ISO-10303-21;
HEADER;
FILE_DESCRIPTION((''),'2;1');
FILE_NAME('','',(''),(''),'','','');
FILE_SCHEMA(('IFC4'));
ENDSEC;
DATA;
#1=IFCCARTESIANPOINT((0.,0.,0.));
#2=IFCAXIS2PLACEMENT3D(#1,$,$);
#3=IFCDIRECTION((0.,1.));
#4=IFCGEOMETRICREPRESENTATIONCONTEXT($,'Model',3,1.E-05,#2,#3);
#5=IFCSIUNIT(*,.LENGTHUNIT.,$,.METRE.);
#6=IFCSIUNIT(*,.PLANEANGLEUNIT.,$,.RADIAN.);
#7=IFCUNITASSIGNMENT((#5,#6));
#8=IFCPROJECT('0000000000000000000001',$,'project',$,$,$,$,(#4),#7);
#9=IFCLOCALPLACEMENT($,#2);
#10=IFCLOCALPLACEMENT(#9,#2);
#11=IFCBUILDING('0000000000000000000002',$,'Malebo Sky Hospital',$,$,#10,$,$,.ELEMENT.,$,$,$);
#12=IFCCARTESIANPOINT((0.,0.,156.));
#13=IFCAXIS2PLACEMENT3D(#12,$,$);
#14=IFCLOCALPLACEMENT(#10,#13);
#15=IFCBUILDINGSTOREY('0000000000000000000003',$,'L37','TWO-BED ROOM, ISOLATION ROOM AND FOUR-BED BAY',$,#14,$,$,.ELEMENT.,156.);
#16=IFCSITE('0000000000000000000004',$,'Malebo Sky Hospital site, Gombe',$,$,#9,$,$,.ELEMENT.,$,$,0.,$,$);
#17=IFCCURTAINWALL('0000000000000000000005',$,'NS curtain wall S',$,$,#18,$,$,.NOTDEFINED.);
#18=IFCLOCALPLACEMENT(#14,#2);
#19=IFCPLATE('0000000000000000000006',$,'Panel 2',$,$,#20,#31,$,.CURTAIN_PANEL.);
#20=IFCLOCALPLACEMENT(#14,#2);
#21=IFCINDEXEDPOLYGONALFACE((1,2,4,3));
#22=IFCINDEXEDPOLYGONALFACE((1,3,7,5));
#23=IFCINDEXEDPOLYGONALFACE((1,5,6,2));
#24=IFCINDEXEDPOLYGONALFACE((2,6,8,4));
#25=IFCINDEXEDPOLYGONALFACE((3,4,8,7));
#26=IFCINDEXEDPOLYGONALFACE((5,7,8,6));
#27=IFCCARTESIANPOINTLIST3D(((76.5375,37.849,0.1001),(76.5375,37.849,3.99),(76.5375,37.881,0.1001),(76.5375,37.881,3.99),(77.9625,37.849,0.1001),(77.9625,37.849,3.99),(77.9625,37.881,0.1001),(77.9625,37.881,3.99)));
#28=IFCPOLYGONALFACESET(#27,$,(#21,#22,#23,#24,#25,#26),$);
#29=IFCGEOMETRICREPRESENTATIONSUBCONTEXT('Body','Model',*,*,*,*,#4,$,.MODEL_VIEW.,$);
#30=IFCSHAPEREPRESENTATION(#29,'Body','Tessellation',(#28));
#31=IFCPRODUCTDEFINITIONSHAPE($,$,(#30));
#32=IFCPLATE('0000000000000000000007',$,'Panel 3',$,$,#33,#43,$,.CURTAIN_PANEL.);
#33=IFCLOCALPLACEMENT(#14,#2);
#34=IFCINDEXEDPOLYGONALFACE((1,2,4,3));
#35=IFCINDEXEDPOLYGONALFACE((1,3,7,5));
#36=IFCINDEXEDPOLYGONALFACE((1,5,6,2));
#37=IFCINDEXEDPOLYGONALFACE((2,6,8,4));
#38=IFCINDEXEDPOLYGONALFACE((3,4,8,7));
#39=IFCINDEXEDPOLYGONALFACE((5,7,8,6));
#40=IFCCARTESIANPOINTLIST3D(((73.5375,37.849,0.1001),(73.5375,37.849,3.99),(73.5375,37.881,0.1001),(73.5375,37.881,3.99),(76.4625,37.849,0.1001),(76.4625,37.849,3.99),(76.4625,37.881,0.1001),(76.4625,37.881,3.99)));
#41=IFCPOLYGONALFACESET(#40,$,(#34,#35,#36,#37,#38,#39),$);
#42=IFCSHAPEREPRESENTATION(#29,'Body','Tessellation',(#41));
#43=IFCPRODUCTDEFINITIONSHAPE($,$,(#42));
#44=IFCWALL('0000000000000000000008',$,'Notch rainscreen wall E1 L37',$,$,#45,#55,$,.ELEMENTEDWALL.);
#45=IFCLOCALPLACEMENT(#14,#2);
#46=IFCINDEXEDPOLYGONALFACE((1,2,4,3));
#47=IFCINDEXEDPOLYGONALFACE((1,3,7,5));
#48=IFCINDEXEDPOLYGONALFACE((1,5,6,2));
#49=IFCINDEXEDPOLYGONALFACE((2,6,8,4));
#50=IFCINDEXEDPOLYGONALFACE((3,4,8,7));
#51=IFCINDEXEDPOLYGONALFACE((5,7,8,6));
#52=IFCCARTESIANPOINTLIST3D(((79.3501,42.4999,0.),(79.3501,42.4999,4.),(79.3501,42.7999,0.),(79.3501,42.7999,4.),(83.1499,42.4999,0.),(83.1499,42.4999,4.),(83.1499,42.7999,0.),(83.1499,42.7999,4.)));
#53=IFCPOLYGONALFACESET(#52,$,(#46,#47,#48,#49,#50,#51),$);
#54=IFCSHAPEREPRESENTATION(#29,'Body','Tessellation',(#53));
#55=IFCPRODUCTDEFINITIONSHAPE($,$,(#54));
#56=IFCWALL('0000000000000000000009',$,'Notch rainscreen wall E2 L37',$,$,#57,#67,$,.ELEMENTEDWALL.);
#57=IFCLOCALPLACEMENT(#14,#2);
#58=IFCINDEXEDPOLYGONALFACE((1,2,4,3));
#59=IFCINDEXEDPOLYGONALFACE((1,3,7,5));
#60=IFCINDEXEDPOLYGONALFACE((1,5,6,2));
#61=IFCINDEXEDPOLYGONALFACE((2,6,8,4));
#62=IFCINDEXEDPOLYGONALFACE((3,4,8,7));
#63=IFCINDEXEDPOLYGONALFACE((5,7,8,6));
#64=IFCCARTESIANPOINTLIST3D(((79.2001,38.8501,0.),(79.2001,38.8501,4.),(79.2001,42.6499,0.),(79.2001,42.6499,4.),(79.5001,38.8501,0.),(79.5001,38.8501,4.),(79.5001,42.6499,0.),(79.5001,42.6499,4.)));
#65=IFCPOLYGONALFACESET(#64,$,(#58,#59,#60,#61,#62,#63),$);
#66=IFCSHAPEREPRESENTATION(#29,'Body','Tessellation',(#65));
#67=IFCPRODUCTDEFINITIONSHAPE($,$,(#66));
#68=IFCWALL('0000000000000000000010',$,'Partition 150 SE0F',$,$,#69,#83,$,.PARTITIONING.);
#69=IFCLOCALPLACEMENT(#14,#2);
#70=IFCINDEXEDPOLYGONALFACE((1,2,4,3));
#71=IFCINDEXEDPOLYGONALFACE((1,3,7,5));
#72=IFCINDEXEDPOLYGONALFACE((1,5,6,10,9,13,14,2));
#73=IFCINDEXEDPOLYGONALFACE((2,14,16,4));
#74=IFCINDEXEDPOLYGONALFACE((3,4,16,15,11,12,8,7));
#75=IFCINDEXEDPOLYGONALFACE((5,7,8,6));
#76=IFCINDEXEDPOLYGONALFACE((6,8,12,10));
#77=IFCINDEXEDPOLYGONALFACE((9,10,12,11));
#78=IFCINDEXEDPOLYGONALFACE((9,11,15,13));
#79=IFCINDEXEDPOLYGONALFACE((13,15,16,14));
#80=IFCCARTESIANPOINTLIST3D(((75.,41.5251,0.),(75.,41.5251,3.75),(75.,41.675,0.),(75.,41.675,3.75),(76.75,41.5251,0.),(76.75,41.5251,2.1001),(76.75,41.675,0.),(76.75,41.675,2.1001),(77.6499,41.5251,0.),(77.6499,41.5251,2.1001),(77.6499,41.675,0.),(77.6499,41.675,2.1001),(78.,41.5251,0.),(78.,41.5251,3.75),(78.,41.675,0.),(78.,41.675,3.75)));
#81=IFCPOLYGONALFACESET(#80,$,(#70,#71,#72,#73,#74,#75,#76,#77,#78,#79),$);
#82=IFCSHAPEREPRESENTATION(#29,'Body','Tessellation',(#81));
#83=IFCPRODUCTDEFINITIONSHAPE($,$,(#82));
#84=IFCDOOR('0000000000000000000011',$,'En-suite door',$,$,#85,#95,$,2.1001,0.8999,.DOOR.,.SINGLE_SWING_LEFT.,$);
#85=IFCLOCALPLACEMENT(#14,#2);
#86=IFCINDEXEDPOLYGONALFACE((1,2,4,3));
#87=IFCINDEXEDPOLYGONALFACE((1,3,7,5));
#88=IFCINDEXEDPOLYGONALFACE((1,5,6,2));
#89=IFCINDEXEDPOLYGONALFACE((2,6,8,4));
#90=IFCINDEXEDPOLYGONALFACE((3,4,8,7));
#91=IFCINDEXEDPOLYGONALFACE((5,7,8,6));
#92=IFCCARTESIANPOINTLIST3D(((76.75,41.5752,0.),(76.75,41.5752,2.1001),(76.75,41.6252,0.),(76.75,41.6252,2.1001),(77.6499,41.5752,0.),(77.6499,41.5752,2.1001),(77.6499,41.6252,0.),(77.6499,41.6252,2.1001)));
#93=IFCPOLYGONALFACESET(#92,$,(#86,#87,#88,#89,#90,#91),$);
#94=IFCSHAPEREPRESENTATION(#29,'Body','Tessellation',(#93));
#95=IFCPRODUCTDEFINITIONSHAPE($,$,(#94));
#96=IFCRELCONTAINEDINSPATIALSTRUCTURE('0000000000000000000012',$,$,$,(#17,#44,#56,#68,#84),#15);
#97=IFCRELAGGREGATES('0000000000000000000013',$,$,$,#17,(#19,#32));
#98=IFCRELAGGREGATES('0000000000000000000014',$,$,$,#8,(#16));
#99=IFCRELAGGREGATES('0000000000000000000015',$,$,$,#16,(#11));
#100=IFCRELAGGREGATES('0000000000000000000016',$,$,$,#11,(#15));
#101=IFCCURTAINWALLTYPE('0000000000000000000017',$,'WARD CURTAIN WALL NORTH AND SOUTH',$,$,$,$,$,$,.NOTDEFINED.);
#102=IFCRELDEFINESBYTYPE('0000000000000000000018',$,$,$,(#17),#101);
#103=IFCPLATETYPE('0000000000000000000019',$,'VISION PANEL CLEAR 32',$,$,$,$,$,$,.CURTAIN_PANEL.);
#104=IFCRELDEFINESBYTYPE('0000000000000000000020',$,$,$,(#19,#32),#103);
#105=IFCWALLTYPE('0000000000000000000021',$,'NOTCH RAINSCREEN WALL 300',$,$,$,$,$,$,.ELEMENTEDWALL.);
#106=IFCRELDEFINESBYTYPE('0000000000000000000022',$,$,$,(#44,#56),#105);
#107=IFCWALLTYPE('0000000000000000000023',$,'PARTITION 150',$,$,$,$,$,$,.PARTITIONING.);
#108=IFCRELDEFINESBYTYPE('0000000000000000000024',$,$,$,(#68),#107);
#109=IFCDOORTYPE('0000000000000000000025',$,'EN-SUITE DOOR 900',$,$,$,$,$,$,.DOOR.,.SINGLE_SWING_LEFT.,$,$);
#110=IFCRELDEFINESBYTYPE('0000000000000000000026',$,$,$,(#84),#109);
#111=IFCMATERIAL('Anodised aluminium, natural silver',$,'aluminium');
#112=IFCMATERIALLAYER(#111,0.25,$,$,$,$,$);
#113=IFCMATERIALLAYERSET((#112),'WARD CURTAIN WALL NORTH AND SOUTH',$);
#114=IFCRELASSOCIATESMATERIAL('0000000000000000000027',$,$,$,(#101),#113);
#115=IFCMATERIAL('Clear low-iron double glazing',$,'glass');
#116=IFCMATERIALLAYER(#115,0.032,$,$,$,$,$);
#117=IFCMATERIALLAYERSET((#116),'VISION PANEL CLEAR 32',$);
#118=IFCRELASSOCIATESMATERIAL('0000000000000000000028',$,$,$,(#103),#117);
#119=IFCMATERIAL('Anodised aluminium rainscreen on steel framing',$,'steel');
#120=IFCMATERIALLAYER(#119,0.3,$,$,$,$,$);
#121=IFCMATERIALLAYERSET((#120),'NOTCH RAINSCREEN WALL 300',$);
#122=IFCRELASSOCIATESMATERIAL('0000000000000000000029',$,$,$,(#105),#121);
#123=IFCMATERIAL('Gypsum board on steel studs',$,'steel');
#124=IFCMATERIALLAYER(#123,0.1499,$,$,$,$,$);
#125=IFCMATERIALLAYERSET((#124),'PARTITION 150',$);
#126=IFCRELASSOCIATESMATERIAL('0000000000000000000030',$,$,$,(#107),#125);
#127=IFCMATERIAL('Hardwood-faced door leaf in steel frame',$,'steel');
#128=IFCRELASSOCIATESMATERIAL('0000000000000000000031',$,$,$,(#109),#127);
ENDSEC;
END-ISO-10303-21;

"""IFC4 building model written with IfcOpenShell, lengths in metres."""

from ifc_helpers import new_model, si_unit, direction, frame, frame_2d, origin, origin_2d, place, context, subcontext, project, spatial, rectangle, extrude, material, layer, layer_set, type_object, element, fill, aggregate, save


model = new_model("IFC4")

# Units and contexts
model_context = context("Model", 3, precision=1e-05, world=origin(), true_north=direction((0.0, 1.0)))
body_context = subcontext(model_context, "Body", "Model", "MODEL_VIEW")
ifc_project = project(units=[si_unit("LENGTHUNIT", "METRE"), si_unit("PLANEANGLEUNIT", "RADIAN")], contexts=[model_context])

# Site, building, storey
site_placement = place(None, origin())
site = spatial("IfcSite", under=ifc_project, at=site_placement, Name="Malebo Sky Hospital site, Gombe", CompositionType="ELEMENT", RefElevation=0.0)
building_placement = place(site_placement, origin())
building = spatial("IfcBuilding", under=site, at=building_placement, Name="Malebo Sky Hospital", CompositionType="ELEMENT")
storey_placement = place(building_placement, frame((0.0, 0.0, 156.0)))
storey = spatial("IfcBuildingStorey", under=building, at=storey_placement, Name="L37", Description="TWO-BED ROOM, ISOLATION ROOM AND FOUR-BED BAY", CompositionType="ELEMENT", Elevation=156.0)

# Curtain wall
ifc_material_1 = material(Name="Anodised aluminium, natural silver", Category="aluminium")
ifc_layer_1 = layer(ifc_material_1, 0.25)
ifc_layer_set_1 = layer_set([ifc_layer_1], Name="WARD CURTAIN WALL NORTH AND SOUTH")
curtain_wall_type = type_object("IfcCurtainWallType", Name="WARD CURTAIN WALL NORTH AND SOUTH", PredefinedType="NOTDEFINED", material=ifc_layer_set_1)
curtain_wall_placement = place(storey_placement, origin())
curtain_wall = element("IfcCurtainWall", 1, at=curtain_wall_placement, inside=storey, type_object=curtain_wall_type, Name="NS curtain wall S", PredefinedType="NOTDEFINED")

# Plates
ifc_material_2 = material(Name="Clear low-iron double glazing", Category="glass")
ifc_layer_2 = layer(ifc_material_2, 0.032)
ifc_layer_set_2 = layer_set([ifc_layer_2], Name="VISION PANEL CLEAR 32")
plate_type = type_object("IfcPlateType", Name="VISION PANEL CLEAR 32", PredefinedType="CURTAIN_PANEL", material=ifc_layer_set_2)
plate_1_placement = place(storey_placement, frame((77.25, 37.865, 0.1001), z_axis=(0.0, 0.0, 1.0), x_axis=(-1.0, 0.0, 0.0)))
plate_1 = element("IfcPlate", 2, at=plate_1_placement, type_object=plate_type, Name="Panel 2", PredefinedType="CURTAIN_PANEL", context=body_context, shape_type="SweptSolid", body=[
    extrude(rectangle(XDim=1.425, YDim=0.032, at=origin_2d()), origin(), (0.0, 0.0, 1.0), 3.8899),
])
plate_2_placement = place(storey_placement, frame((75.0, 37.865, 0.1001), z_axis=(0.0, 0.0, 1.0), x_axis=(-1.0, 0.0, 0.0)))
plate_2 = element("IfcPlate", 3, at=plate_2_placement, type_object=plate_type, Name="Panel 3", PredefinedType="CURTAIN_PANEL", context=body_context, shape_type="SweptSolid", body=[
    extrude(rectangle(XDim=2.925, YDim=0.032, at=origin_2d()), origin(), (0.0, 0.0, 1.0), 3.8899),
])
aggregate(curtain_wall, [plate_1, plate_2])

# Walls
ifc_material_3 = material(Name="Anodised aluminium rainscreen on steel framing", Category="steel")
ifc_layer_3 = layer(ifc_material_3, 0.3)
ifc_layer_set_3 = layer_set([ifc_layer_3], Name="NOTCH RAINSCREEN WALL 300")
wall_type_1 = type_object("IfcWallType", Name="NOTCH RAINSCREEN WALL 300", PredefinedType="ELEMENTEDWALL", material=ifc_layer_set_3)
for number, where, z_axis, x_axis, name in (
    (4, (83.1499, 42.6499, 0.0), (0.0, 0.0, 1.0), (-1.0, 0.0, 0.0), "Notch rainscreen wall E1 L37"),
    (5, (79.3501, 42.6499, 0.0), (0.0, 0.0, 1.0), (0.0, -1.0, 0.0), "Notch rainscreen wall E2 L37"),
):
    element("IfcWall", number, at=place(storey_placement, frame(where, z_axis=z_axis, x_axis=x_axis)), inside=storey, type_object=wall_type_1, Name=name, PredefinedType="ELEMENTEDWALL", context=body_context, shape_type="SweptSolid", body=[
        extrude(rectangle(XDim=3.7998, YDim=0.3, at=frame_2d((1.8999, 0.0))), origin(), (0.0, 0.0, 1.0), 4.0),
    ])

# Wall, opening, door
ifc_material_4 = material(Name="Gypsum board on steel studs", Category="steel")
ifc_layer_4 = layer(ifc_material_4, 0.1499)
ifc_layer_set_4 = layer_set([ifc_layer_4], Name="PARTITION 150")
wall_type_2 = type_object("IfcWallType", Name="PARTITION 150", PredefinedType="PARTITIONING", material=ifc_layer_set_4)
wall_placement = place(storey_placement, frame((78.0, 41.6001, 0.0), z_axis=(0.0, 0.0, 1.0), x_axis=(-1.0, 0.0, 0.0)))
wall = element("IfcWall", 6, at=wall_placement, inside=storey, type_object=wall_type_2, Name="Partition 150 SE0F", PredefinedType="PARTITIONING", context=body_context, shape_type="SweptSolid", body=[
    extrude(rectangle(XDim=3.0, YDim=0.1499, at=frame_2d((1.5, 0.0))), origin(), (0.0, 0.0, 1.0), 3.75),
])
opening_placement = place(wall_placement, frame((0.3501, 0.0, 0.0)))
opening = element("IfcOpeningElement", 7, at=opening_placement, cuts=wall, PredefinedType="OPENING", context=body_context, shape_type="SweptSolid", body=[
    extrude(rectangle(XDim=0.8999, YDim=2.1001, at=frame_2d((0.45, 1.05))), frame((0.0, 0.085, 0.0), z_axis=(0.0, -1.0, 0.0), x_axis=(1.0, 0.0, 0.0)), (0.0, 0.0, 1.0), 0.1699),
])
ifc_material_5 = material(Name="Hardwood-faced door leaf in steel frame", Category="steel")
door_type = type_object("IfcDoorType", Name="EN-SUITE DOOR 900", OperationType="SINGLE_SWING_LEFT", PredefinedType="DOOR", material=ifc_material_5)
door_placement = place(opening_placement, origin())
door = element("IfcDoor", 8, at=door_placement, inside=storey, type_object=door_type, Name="En-suite door", OperationType="SINGLE_SWING_LEFT", OverallHeight=2.1001, OverallWidth=0.8999, PredefinedType="DOOR", context=body_context, shape_type="SweptSolid", body=[
    extrude(rectangle(XDim=0.8999, YDim=2.1001, at=frame_2d((0.45, 1.05))), frame((0.0, 0.0249, 0.0), z_axis=(0.0, -1.0, 0.0), x_axis=(1.0, 0.0, 0.0)), (0.0, 0.0, 1.0), 0.05),
])
fill(opening, door)

save(model, "model.ifc")
